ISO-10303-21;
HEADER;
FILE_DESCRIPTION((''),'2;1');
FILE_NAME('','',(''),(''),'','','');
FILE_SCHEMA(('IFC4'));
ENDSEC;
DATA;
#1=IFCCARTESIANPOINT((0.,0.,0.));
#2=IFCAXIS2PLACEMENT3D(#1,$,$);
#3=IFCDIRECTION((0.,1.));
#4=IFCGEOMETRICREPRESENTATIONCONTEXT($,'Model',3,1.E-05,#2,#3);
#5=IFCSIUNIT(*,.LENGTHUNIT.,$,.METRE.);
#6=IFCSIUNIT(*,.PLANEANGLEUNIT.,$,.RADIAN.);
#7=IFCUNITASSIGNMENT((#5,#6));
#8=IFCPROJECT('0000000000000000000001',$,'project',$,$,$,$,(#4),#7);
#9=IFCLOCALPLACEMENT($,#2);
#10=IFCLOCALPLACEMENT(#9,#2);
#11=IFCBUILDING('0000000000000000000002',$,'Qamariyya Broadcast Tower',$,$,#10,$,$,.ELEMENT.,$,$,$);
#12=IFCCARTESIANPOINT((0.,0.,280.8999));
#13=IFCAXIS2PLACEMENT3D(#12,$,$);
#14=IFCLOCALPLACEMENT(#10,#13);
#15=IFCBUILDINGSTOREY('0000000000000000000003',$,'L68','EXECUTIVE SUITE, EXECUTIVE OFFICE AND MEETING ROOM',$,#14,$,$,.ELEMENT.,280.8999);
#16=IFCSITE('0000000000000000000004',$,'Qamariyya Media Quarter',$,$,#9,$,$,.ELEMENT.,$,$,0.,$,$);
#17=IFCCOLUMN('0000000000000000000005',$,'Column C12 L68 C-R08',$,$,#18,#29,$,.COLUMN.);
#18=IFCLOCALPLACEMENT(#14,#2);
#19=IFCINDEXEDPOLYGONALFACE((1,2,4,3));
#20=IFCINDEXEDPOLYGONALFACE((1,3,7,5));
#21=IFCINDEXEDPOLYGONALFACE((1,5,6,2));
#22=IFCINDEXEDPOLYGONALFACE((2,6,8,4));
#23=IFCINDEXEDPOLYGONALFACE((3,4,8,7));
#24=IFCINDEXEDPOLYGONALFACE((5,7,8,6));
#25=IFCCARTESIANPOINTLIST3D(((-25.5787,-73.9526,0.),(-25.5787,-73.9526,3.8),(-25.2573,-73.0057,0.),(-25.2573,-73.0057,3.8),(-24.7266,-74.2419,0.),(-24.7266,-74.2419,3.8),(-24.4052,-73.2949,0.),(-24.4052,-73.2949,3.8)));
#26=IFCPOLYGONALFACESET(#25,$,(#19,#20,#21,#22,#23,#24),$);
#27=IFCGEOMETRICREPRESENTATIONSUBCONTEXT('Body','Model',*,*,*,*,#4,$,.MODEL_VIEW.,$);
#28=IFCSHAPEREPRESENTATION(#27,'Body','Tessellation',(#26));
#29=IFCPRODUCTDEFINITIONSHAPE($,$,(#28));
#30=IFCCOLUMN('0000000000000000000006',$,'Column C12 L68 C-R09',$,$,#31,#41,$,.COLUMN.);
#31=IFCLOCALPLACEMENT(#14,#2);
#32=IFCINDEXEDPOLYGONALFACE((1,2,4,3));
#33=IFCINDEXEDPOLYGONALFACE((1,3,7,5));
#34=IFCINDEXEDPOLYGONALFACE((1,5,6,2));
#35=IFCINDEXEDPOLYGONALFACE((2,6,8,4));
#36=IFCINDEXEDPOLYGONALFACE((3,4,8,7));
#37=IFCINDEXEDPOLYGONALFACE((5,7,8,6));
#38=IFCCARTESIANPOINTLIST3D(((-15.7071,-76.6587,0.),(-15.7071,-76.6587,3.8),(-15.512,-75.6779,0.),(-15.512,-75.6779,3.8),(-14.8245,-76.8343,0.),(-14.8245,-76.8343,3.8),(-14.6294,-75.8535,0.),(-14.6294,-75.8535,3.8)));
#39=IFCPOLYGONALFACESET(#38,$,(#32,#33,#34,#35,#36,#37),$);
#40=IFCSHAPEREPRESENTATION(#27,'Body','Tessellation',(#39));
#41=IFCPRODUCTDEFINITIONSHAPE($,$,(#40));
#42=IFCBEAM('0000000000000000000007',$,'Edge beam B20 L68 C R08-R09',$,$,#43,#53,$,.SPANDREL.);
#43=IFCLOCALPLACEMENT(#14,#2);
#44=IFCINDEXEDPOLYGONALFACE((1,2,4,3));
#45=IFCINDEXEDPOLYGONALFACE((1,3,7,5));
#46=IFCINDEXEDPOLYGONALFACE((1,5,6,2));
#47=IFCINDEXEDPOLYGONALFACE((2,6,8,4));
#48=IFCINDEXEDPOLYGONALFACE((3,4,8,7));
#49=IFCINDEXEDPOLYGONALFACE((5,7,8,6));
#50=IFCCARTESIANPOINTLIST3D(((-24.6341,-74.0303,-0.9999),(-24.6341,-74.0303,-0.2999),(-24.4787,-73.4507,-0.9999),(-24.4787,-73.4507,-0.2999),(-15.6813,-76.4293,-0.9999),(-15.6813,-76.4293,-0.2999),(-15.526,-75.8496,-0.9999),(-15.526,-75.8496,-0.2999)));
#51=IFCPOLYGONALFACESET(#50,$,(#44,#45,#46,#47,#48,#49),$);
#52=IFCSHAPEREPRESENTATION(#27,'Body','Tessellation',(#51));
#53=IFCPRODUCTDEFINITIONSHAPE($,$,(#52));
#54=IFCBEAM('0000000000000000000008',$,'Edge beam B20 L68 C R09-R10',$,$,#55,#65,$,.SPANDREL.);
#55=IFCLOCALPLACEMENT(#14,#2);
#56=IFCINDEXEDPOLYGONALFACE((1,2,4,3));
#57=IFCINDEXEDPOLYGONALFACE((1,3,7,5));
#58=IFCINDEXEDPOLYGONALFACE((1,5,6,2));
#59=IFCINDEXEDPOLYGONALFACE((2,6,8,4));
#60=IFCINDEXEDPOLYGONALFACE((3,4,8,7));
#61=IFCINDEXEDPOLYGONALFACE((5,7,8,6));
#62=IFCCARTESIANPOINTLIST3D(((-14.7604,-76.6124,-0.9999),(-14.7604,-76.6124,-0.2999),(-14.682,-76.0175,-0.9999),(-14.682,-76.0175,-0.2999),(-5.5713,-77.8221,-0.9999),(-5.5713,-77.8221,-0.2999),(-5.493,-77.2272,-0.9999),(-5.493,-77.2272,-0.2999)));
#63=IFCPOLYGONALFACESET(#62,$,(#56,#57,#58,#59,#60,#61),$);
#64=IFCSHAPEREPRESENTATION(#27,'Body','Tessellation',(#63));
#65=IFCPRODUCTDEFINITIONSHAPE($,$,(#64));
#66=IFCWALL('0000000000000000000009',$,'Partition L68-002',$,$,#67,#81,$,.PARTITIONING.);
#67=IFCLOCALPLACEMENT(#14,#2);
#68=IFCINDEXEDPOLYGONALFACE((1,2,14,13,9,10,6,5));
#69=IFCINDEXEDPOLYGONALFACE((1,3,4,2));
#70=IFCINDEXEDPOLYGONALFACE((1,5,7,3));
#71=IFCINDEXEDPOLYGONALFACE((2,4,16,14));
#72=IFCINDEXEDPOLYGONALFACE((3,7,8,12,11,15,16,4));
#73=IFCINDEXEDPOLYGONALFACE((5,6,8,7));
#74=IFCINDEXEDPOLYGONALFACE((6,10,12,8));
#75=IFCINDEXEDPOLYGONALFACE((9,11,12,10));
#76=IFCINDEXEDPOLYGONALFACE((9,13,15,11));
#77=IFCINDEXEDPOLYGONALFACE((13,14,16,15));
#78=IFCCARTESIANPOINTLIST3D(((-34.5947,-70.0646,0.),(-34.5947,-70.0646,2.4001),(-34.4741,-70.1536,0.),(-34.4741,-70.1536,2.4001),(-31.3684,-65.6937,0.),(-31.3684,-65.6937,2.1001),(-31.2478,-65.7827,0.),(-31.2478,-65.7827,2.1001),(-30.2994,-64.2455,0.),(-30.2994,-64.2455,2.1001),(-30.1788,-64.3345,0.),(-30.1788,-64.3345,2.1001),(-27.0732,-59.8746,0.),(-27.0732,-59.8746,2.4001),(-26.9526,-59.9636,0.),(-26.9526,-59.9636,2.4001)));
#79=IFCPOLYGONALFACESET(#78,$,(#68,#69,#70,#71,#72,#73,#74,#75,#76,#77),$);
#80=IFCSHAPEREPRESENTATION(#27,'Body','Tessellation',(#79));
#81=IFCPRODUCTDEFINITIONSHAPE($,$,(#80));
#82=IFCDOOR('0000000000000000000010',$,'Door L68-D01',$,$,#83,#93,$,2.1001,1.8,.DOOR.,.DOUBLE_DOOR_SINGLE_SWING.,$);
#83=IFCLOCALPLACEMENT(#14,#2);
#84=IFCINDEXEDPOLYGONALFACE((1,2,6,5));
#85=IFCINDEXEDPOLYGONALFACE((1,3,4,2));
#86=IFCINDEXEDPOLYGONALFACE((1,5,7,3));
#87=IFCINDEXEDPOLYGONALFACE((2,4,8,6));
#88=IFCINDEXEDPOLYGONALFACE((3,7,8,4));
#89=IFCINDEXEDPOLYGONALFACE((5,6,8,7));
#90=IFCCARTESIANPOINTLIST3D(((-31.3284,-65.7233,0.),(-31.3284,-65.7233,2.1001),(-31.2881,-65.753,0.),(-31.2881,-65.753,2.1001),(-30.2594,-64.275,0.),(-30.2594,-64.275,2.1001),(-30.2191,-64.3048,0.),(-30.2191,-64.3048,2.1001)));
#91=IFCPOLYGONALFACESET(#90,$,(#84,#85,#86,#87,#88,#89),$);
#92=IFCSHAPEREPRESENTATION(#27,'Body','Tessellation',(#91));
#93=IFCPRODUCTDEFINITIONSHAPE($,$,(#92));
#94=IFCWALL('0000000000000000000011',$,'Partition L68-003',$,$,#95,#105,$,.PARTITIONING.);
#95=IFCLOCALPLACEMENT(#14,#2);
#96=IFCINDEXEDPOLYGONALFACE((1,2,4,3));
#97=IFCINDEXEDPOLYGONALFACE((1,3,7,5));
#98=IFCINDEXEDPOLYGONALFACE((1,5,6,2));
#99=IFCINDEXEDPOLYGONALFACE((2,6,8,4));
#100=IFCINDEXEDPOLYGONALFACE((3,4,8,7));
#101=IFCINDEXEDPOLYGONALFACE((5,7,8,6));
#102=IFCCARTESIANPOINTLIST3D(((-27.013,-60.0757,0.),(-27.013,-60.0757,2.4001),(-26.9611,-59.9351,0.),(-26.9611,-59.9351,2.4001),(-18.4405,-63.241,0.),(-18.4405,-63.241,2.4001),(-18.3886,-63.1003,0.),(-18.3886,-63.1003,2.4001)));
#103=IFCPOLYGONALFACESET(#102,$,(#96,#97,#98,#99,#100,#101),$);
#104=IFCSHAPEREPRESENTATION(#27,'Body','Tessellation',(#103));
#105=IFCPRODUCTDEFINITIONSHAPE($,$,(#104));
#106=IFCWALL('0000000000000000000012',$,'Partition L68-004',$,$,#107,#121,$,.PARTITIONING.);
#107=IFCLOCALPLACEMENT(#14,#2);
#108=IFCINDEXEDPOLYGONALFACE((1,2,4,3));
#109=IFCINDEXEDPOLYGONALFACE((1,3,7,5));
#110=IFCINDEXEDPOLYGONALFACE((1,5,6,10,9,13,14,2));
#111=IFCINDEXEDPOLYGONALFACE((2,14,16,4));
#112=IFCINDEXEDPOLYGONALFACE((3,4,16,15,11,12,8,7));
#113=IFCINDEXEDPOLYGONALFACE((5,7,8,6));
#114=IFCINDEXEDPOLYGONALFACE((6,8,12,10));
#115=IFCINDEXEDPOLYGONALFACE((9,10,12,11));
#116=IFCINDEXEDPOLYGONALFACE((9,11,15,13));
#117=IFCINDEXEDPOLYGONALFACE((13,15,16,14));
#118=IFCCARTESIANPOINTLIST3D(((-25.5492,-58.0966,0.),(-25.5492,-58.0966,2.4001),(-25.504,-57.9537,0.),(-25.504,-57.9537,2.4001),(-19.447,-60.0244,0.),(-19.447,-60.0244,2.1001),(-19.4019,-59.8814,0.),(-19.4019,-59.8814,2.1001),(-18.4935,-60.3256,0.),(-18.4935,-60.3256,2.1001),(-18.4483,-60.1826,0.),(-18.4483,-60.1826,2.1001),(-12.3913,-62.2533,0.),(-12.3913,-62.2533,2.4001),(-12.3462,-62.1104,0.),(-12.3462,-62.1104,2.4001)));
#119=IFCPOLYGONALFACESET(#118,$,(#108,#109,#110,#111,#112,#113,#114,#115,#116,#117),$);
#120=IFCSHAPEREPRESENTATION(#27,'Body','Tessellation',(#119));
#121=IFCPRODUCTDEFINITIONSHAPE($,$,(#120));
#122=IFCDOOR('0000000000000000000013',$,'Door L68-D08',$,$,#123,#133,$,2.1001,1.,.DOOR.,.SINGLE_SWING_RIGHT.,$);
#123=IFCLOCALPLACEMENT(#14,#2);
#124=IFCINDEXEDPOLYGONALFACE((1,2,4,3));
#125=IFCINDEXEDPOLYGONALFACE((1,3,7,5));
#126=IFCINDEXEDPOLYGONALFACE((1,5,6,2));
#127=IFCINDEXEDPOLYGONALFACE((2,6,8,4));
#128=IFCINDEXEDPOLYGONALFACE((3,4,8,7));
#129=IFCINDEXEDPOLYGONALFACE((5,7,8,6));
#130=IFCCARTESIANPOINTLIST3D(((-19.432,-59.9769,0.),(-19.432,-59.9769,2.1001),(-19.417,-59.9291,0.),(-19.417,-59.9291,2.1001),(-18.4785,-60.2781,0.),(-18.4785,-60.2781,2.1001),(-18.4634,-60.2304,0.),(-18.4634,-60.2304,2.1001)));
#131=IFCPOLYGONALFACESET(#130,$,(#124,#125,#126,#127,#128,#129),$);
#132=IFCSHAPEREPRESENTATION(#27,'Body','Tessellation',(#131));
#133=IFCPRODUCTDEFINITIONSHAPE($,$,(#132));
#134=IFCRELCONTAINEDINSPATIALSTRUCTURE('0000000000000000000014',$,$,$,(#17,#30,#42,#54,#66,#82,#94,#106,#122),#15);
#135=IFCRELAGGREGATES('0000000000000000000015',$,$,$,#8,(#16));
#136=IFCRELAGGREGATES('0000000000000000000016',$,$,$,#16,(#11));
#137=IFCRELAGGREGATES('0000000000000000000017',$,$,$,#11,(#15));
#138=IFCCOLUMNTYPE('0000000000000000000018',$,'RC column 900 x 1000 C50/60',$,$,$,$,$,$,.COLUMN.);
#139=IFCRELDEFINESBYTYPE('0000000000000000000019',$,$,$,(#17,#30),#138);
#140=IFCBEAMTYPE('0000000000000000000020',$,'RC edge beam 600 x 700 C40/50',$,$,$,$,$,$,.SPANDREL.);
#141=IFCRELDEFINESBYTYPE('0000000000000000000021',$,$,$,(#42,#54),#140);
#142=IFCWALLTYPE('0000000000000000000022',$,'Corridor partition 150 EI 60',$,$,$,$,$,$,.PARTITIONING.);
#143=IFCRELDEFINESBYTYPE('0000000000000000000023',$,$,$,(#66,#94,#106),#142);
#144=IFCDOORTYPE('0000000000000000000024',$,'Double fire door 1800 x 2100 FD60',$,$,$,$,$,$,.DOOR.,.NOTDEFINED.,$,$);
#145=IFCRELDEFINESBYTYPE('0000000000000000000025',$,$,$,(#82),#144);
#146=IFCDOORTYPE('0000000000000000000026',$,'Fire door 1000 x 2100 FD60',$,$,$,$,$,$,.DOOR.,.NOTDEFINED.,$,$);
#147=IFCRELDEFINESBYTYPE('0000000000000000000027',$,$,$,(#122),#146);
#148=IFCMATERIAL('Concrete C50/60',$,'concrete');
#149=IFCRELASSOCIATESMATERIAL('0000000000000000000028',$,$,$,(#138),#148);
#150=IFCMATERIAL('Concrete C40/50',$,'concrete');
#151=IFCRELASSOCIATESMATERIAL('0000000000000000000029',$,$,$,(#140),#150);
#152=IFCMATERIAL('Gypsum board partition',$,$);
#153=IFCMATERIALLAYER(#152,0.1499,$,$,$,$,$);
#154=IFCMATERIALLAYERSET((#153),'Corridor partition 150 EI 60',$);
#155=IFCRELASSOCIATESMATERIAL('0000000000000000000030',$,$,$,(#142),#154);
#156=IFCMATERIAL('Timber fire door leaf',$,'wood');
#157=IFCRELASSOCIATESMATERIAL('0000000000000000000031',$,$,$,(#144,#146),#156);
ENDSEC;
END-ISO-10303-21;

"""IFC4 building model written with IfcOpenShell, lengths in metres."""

from ifc_helpers import new_model, si_unit, direction, frame, frame_2d, origin, origin_2d, place, context, subcontext, project, spatial, rectangle, extrude, material, layer, layer_set, material_profile, profile_set, type_object, element, fill, save


model = new_model("IFC4")

# Units and contexts
model_context = context("Model", 3, precision=1e-05, world=origin(), true_north=direction((0.0, 1.0)))
body_context = subcontext(model_context, "Body", "Model", "MODEL_VIEW")
ifc_project = project(units=[si_unit("LENGTHUNIT", "METRE"), si_unit("PLANEANGLEUNIT", "RADIAN")], contexts=[model_context])

# Site, building, storey
site_placement = place(None, origin())
site = spatial("IfcSite", under=ifc_project, at=site_placement, Name="Qamariyya Media Quarter", CompositionType="ELEMENT", RefElevation=0.0)
building_placement = place(site_placement, origin())
building = spatial("IfcBuilding", under=site, at=building_placement, Name="Qamariyya Broadcast Tower", CompositionType="ELEMENT")
storey_placement = place(building_placement, frame((0.0, 0.0, 280.8999)))
storey = spatial("IfcBuildingStorey", under=building, at=storey_placement, Name="L68", Description="EXECUTIVE SUITE, EXECUTIVE OFFICE AND MEETING ROOM", CompositionType="ELEMENT", Elevation=280.8999)

# Columns
ifc_material_1 = material(Name="Concrete C50/60", Category="concrete")
ifc_material_profile_1 = material_profile(ifc_material_1, rectangle(XDim=0.8999, YDim=1.0, at=origin_2d()))
ifc_profile_set_1 = profile_set([ifc_material_profile_1], Name="Concrete C50/60")
column_type = type_object("IfcColumnType", Name="RC column 900 x 1000 C50/60", PredefinedType="COLUMN", material=ifc_profile_set_1)
for number, where, z_axis, x_axis, name in (
    (1, (-24.9919, -73.6238, 0.0), (0.0, 0.0, 1.0), (0.94693, -0.321439, 0.0), "Column C12 L68 C-R08"),
    (2, (-15.1682, -76.2561, 0.0), (0.0, 0.0, 1.0), (0.980785, -0.19509, 0.0), "Column C12 L68 C-R09"),
):
    element("IfcColumn", number, at=place(storey_placement, frame(where, z_axis=z_axis, x_axis=x_axis)), inside=storey, type_object=column_type, Name=name, PredefinedType="COLUMN", context=body_context, shape_type="SweptSolid", body=[
        extrude(rectangle(XDim=0.8999, YDim=1.0, at=origin_2d()), origin(), (0.0, 0.0, 1.0), 3.8),
    ])

# Beams
ifc_material_2 = material(Name="Concrete C40/50", Category="concrete")
ifc_material_profile_2 = material_profile(ifc_material_2, rectangle(XDim=0.6001, YDim=0.7, at=origin_2d()))
ifc_profile_set_2 = profile_set([ifc_material_profile_2], Name="Concrete C40/50")
beam_type = type_object("IfcBeamType", Name="RC edge beam 600 x 700 C40/50", PredefinedType="SPANDREL", material=ifc_profile_set_2)
beam_1_placement = place(storey_placement, frame((-24.5564, -73.7405, -0.6499), z_axis=(0.965924, -0.258826, 0.0), x_axis=(0.258826, 0.965924, 0.0)))
element("IfcBeam", 3, at=beam_1_placement, inside=storey, type_object=beam_type, Name="Edge beam B20 L68 C R08-R09", PredefinedType="SPANDREL", context=body_context, shape_type="SweptSolid", body=[
    extrude(rectangle(XDim=0.6001, YDim=0.7, at=origin_2d()), origin(), (0.0, 0.0, 1.0), 9.2686),
])
beam_2_placement = place(storey_placement, frame((-14.7212, -76.3149, -0.6499), z_axis=(0.991445, -0.130523, 0.0), x_axis=(0.130523, 0.991445, 0.0)))
element("IfcBeam", 4, at=beam_2_placement, inside=storey, type_object=beam_type, Name="Edge beam B20 L68 C R09-R10", PredefinedType="SPANDREL", context=body_context, shape_type="SweptSolid", body=[
    extrude(rectangle(XDim=0.6001, YDim=0.7, at=origin_2d()), origin(), (0.0, 0.0, 1.0), 9.2683),
])

# Wall, opening, door
ifc_material_3 = material(Name="Gypsum board partition")
ifc_layer_1 = layer(ifc_material_3, 0.1499)
ifc_layer_set_1 = layer_set([ifc_layer_1], Name="Corridor partition 150 EI 60")
wall_type_1 = type_object("IfcWallType", Name="Corridor partition 150 EI 60", PredefinedType="PARTITIONING", material=ifc_layer_set_1)
wall_1_placement = place(storey_placement, frame((-27.0129, -59.9192, 0.0), z_axis=(0.0, 0.0, 1.0), x_axis=(-0.59387, -0.804561, 0.0)))
wall_1 = element("IfcWall", 5, at=wall_1_placement, inside=storey, type_object=wall_type_1, Name="Partition L68-002", PredefinedType="PARTITIONING", context=body_context, shape_type="SweptSolid", body=[
    extrude(rectangle(XDim=12.6653, YDim=0.1499, at=frame_2d((6.3325, 0.0))), origin(), (0.0, 0.0, 1.0), 2.4001),
])
opening_1_placement = place(wall_1_placement, frame((5.4326, 0.0, 0.0)))
opening_1 = element("IfcOpeningElement", 6, at=opening_1_placement, cuts=wall_1, PredefinedType="OPENING", context=body_context, shape_type="SweptSolid", body=[
    extrude(rectangle(XDim=1.8, YDim=2.1001, at=frame_2d((0.8999, 1.05))), frame((0.0, 0.085, 0.0), z_axis=(0.0, -1.0, 0.0), x_axis=(1.0, 0.0, 0.0)), (0.0, 0.0, 1.0), 0.1699),
])
ifc_material_4 = material(Name="Timber fire door leaf", Category="wood")
door_type_1 = type_object("IfcDoorType", Name="Double fire door 1800 x 2100 FD60", OperationType="NOTDEFINED", PredefinedType="DOOR", material=ifc_material_4)
door_1_placement = place(opening_1_placement, origin())
door_1 = element("IfcDoor", 7, at=door_1_placement, inside=storey, type_object=door_type_1, Name="Door L68-D01", OperationType="DOUBLE_DOOR_SINGLE_SWING", OverallHeight=2.1001, OverallWidth=1.8, PredefinedType="DOOR", context=body_context, shape_type="SweptSolid", body=[
    extrude(rectangle(XDim=1.8, YDim=2.1001, at=frame_2d((0.8999, 1.05))), frame((0.0, 0.0249, 0.0), z_axis=(0.0, -1.0, 0.0), x_axis=(1.0, 0.0, 0.0)), (0.0, 0.0, 1.0), 0.05),
])
fill(opening_1, door_1)

# Wall
wall_2_placement = place(storey_placement, frame((-26.9871, -60.0054, 0.0), z_axis=(0.0, 0.0, 1.0), x_axis=(0.938095, -0.346379, 0.0)))
element("IfcWall", 8, at=wall_2_placement, inside=storey, type_object=wall_type_1, Name="Partition L68-003", PredefinedType="PARTITIONING", context=body_context, shape_type="SweptSolid", body=[
    extrude(rectangle(XDim=9.1382, YDim=0.1499, at=frame_2d((4.5691, 0.0))), origin(), (0.0, 0.0, 1.0), 2.4001),
])

# Wall, opening, door
wall_3_placement = place(storey_placement, frame((-25.5266, -58.0251, 0.0), z_axis=(0.0, 0.0, 1.0), x_axis=(0.95355, -0.301236, 0.0)))
wall_3 = element("IfcWall", 9, at=wall_3_placement, inside=storey, type_object=wall_type_1, Name="Partition L68-004", PredefinedType="PARTITIONING", context=body_context, shape_type="SweptSolid", body=[
    extrude(rectangle(XDim=13.7988, YDim=0.1499, at=frame_2d((6.8994, 0.0))), origin(), (0.0, 0.0, 1.0), 2.4001),
])
opening_2_placement = place(wall_3_placement, frame((6.3994, 0.0, 0.0)))
opening_2 = element("IfcOpeningElement", 10, at=opening_2_placement, cuts=wall_3, PredefinedType="OPENING", context=body_context, shape_type="SweptSolid", body=[
    extrude(rectangle(XDim=1.0, YDim=2.1001, at=frame_2d((0.5, 1.05))), frame((0.0, 0.085, 0.0), z_axis=(0.0, -1.0, 0.0), x_axis=(1.0, 0.0, 0.0)), (0.0, 0.0, 1.0), 0.1699),
])
door_type_2 = type_object("IfcDoorType", Name="Fire door 1000 x 2100 FD60", OperationType="NOTDEFINED", PredefinedType="DOOR", material=ifc_material_4)
door_2_placement = place(opening_2_placement, origin())
door_2 = element("IfcDoor", 11, at=door_2_placement, inside=storey, type_object=door_type_2, Name="Door L68-D08", OperationType="SINGLE_SWING_RIGHT", OverallHeight=2.1001, OverallWidth=1.0, PredefinedType="DOOR", context=body_context, shape_type="SweptSolid", body=[
    extrude(rectangle(XDim=1.0, YDim=2.1001, at=frame_2d((0.5, 1.05))), frame((0.0, 0.0249, 0.0), z_axis=(0.0, -1.0, 0.0), x_axis=(1.0, 0.0, 0.0)), (0.0, 0.0, 1.0), 0.05),
])
fill(opening_2, door_2)

save(model, "model.ifc")
